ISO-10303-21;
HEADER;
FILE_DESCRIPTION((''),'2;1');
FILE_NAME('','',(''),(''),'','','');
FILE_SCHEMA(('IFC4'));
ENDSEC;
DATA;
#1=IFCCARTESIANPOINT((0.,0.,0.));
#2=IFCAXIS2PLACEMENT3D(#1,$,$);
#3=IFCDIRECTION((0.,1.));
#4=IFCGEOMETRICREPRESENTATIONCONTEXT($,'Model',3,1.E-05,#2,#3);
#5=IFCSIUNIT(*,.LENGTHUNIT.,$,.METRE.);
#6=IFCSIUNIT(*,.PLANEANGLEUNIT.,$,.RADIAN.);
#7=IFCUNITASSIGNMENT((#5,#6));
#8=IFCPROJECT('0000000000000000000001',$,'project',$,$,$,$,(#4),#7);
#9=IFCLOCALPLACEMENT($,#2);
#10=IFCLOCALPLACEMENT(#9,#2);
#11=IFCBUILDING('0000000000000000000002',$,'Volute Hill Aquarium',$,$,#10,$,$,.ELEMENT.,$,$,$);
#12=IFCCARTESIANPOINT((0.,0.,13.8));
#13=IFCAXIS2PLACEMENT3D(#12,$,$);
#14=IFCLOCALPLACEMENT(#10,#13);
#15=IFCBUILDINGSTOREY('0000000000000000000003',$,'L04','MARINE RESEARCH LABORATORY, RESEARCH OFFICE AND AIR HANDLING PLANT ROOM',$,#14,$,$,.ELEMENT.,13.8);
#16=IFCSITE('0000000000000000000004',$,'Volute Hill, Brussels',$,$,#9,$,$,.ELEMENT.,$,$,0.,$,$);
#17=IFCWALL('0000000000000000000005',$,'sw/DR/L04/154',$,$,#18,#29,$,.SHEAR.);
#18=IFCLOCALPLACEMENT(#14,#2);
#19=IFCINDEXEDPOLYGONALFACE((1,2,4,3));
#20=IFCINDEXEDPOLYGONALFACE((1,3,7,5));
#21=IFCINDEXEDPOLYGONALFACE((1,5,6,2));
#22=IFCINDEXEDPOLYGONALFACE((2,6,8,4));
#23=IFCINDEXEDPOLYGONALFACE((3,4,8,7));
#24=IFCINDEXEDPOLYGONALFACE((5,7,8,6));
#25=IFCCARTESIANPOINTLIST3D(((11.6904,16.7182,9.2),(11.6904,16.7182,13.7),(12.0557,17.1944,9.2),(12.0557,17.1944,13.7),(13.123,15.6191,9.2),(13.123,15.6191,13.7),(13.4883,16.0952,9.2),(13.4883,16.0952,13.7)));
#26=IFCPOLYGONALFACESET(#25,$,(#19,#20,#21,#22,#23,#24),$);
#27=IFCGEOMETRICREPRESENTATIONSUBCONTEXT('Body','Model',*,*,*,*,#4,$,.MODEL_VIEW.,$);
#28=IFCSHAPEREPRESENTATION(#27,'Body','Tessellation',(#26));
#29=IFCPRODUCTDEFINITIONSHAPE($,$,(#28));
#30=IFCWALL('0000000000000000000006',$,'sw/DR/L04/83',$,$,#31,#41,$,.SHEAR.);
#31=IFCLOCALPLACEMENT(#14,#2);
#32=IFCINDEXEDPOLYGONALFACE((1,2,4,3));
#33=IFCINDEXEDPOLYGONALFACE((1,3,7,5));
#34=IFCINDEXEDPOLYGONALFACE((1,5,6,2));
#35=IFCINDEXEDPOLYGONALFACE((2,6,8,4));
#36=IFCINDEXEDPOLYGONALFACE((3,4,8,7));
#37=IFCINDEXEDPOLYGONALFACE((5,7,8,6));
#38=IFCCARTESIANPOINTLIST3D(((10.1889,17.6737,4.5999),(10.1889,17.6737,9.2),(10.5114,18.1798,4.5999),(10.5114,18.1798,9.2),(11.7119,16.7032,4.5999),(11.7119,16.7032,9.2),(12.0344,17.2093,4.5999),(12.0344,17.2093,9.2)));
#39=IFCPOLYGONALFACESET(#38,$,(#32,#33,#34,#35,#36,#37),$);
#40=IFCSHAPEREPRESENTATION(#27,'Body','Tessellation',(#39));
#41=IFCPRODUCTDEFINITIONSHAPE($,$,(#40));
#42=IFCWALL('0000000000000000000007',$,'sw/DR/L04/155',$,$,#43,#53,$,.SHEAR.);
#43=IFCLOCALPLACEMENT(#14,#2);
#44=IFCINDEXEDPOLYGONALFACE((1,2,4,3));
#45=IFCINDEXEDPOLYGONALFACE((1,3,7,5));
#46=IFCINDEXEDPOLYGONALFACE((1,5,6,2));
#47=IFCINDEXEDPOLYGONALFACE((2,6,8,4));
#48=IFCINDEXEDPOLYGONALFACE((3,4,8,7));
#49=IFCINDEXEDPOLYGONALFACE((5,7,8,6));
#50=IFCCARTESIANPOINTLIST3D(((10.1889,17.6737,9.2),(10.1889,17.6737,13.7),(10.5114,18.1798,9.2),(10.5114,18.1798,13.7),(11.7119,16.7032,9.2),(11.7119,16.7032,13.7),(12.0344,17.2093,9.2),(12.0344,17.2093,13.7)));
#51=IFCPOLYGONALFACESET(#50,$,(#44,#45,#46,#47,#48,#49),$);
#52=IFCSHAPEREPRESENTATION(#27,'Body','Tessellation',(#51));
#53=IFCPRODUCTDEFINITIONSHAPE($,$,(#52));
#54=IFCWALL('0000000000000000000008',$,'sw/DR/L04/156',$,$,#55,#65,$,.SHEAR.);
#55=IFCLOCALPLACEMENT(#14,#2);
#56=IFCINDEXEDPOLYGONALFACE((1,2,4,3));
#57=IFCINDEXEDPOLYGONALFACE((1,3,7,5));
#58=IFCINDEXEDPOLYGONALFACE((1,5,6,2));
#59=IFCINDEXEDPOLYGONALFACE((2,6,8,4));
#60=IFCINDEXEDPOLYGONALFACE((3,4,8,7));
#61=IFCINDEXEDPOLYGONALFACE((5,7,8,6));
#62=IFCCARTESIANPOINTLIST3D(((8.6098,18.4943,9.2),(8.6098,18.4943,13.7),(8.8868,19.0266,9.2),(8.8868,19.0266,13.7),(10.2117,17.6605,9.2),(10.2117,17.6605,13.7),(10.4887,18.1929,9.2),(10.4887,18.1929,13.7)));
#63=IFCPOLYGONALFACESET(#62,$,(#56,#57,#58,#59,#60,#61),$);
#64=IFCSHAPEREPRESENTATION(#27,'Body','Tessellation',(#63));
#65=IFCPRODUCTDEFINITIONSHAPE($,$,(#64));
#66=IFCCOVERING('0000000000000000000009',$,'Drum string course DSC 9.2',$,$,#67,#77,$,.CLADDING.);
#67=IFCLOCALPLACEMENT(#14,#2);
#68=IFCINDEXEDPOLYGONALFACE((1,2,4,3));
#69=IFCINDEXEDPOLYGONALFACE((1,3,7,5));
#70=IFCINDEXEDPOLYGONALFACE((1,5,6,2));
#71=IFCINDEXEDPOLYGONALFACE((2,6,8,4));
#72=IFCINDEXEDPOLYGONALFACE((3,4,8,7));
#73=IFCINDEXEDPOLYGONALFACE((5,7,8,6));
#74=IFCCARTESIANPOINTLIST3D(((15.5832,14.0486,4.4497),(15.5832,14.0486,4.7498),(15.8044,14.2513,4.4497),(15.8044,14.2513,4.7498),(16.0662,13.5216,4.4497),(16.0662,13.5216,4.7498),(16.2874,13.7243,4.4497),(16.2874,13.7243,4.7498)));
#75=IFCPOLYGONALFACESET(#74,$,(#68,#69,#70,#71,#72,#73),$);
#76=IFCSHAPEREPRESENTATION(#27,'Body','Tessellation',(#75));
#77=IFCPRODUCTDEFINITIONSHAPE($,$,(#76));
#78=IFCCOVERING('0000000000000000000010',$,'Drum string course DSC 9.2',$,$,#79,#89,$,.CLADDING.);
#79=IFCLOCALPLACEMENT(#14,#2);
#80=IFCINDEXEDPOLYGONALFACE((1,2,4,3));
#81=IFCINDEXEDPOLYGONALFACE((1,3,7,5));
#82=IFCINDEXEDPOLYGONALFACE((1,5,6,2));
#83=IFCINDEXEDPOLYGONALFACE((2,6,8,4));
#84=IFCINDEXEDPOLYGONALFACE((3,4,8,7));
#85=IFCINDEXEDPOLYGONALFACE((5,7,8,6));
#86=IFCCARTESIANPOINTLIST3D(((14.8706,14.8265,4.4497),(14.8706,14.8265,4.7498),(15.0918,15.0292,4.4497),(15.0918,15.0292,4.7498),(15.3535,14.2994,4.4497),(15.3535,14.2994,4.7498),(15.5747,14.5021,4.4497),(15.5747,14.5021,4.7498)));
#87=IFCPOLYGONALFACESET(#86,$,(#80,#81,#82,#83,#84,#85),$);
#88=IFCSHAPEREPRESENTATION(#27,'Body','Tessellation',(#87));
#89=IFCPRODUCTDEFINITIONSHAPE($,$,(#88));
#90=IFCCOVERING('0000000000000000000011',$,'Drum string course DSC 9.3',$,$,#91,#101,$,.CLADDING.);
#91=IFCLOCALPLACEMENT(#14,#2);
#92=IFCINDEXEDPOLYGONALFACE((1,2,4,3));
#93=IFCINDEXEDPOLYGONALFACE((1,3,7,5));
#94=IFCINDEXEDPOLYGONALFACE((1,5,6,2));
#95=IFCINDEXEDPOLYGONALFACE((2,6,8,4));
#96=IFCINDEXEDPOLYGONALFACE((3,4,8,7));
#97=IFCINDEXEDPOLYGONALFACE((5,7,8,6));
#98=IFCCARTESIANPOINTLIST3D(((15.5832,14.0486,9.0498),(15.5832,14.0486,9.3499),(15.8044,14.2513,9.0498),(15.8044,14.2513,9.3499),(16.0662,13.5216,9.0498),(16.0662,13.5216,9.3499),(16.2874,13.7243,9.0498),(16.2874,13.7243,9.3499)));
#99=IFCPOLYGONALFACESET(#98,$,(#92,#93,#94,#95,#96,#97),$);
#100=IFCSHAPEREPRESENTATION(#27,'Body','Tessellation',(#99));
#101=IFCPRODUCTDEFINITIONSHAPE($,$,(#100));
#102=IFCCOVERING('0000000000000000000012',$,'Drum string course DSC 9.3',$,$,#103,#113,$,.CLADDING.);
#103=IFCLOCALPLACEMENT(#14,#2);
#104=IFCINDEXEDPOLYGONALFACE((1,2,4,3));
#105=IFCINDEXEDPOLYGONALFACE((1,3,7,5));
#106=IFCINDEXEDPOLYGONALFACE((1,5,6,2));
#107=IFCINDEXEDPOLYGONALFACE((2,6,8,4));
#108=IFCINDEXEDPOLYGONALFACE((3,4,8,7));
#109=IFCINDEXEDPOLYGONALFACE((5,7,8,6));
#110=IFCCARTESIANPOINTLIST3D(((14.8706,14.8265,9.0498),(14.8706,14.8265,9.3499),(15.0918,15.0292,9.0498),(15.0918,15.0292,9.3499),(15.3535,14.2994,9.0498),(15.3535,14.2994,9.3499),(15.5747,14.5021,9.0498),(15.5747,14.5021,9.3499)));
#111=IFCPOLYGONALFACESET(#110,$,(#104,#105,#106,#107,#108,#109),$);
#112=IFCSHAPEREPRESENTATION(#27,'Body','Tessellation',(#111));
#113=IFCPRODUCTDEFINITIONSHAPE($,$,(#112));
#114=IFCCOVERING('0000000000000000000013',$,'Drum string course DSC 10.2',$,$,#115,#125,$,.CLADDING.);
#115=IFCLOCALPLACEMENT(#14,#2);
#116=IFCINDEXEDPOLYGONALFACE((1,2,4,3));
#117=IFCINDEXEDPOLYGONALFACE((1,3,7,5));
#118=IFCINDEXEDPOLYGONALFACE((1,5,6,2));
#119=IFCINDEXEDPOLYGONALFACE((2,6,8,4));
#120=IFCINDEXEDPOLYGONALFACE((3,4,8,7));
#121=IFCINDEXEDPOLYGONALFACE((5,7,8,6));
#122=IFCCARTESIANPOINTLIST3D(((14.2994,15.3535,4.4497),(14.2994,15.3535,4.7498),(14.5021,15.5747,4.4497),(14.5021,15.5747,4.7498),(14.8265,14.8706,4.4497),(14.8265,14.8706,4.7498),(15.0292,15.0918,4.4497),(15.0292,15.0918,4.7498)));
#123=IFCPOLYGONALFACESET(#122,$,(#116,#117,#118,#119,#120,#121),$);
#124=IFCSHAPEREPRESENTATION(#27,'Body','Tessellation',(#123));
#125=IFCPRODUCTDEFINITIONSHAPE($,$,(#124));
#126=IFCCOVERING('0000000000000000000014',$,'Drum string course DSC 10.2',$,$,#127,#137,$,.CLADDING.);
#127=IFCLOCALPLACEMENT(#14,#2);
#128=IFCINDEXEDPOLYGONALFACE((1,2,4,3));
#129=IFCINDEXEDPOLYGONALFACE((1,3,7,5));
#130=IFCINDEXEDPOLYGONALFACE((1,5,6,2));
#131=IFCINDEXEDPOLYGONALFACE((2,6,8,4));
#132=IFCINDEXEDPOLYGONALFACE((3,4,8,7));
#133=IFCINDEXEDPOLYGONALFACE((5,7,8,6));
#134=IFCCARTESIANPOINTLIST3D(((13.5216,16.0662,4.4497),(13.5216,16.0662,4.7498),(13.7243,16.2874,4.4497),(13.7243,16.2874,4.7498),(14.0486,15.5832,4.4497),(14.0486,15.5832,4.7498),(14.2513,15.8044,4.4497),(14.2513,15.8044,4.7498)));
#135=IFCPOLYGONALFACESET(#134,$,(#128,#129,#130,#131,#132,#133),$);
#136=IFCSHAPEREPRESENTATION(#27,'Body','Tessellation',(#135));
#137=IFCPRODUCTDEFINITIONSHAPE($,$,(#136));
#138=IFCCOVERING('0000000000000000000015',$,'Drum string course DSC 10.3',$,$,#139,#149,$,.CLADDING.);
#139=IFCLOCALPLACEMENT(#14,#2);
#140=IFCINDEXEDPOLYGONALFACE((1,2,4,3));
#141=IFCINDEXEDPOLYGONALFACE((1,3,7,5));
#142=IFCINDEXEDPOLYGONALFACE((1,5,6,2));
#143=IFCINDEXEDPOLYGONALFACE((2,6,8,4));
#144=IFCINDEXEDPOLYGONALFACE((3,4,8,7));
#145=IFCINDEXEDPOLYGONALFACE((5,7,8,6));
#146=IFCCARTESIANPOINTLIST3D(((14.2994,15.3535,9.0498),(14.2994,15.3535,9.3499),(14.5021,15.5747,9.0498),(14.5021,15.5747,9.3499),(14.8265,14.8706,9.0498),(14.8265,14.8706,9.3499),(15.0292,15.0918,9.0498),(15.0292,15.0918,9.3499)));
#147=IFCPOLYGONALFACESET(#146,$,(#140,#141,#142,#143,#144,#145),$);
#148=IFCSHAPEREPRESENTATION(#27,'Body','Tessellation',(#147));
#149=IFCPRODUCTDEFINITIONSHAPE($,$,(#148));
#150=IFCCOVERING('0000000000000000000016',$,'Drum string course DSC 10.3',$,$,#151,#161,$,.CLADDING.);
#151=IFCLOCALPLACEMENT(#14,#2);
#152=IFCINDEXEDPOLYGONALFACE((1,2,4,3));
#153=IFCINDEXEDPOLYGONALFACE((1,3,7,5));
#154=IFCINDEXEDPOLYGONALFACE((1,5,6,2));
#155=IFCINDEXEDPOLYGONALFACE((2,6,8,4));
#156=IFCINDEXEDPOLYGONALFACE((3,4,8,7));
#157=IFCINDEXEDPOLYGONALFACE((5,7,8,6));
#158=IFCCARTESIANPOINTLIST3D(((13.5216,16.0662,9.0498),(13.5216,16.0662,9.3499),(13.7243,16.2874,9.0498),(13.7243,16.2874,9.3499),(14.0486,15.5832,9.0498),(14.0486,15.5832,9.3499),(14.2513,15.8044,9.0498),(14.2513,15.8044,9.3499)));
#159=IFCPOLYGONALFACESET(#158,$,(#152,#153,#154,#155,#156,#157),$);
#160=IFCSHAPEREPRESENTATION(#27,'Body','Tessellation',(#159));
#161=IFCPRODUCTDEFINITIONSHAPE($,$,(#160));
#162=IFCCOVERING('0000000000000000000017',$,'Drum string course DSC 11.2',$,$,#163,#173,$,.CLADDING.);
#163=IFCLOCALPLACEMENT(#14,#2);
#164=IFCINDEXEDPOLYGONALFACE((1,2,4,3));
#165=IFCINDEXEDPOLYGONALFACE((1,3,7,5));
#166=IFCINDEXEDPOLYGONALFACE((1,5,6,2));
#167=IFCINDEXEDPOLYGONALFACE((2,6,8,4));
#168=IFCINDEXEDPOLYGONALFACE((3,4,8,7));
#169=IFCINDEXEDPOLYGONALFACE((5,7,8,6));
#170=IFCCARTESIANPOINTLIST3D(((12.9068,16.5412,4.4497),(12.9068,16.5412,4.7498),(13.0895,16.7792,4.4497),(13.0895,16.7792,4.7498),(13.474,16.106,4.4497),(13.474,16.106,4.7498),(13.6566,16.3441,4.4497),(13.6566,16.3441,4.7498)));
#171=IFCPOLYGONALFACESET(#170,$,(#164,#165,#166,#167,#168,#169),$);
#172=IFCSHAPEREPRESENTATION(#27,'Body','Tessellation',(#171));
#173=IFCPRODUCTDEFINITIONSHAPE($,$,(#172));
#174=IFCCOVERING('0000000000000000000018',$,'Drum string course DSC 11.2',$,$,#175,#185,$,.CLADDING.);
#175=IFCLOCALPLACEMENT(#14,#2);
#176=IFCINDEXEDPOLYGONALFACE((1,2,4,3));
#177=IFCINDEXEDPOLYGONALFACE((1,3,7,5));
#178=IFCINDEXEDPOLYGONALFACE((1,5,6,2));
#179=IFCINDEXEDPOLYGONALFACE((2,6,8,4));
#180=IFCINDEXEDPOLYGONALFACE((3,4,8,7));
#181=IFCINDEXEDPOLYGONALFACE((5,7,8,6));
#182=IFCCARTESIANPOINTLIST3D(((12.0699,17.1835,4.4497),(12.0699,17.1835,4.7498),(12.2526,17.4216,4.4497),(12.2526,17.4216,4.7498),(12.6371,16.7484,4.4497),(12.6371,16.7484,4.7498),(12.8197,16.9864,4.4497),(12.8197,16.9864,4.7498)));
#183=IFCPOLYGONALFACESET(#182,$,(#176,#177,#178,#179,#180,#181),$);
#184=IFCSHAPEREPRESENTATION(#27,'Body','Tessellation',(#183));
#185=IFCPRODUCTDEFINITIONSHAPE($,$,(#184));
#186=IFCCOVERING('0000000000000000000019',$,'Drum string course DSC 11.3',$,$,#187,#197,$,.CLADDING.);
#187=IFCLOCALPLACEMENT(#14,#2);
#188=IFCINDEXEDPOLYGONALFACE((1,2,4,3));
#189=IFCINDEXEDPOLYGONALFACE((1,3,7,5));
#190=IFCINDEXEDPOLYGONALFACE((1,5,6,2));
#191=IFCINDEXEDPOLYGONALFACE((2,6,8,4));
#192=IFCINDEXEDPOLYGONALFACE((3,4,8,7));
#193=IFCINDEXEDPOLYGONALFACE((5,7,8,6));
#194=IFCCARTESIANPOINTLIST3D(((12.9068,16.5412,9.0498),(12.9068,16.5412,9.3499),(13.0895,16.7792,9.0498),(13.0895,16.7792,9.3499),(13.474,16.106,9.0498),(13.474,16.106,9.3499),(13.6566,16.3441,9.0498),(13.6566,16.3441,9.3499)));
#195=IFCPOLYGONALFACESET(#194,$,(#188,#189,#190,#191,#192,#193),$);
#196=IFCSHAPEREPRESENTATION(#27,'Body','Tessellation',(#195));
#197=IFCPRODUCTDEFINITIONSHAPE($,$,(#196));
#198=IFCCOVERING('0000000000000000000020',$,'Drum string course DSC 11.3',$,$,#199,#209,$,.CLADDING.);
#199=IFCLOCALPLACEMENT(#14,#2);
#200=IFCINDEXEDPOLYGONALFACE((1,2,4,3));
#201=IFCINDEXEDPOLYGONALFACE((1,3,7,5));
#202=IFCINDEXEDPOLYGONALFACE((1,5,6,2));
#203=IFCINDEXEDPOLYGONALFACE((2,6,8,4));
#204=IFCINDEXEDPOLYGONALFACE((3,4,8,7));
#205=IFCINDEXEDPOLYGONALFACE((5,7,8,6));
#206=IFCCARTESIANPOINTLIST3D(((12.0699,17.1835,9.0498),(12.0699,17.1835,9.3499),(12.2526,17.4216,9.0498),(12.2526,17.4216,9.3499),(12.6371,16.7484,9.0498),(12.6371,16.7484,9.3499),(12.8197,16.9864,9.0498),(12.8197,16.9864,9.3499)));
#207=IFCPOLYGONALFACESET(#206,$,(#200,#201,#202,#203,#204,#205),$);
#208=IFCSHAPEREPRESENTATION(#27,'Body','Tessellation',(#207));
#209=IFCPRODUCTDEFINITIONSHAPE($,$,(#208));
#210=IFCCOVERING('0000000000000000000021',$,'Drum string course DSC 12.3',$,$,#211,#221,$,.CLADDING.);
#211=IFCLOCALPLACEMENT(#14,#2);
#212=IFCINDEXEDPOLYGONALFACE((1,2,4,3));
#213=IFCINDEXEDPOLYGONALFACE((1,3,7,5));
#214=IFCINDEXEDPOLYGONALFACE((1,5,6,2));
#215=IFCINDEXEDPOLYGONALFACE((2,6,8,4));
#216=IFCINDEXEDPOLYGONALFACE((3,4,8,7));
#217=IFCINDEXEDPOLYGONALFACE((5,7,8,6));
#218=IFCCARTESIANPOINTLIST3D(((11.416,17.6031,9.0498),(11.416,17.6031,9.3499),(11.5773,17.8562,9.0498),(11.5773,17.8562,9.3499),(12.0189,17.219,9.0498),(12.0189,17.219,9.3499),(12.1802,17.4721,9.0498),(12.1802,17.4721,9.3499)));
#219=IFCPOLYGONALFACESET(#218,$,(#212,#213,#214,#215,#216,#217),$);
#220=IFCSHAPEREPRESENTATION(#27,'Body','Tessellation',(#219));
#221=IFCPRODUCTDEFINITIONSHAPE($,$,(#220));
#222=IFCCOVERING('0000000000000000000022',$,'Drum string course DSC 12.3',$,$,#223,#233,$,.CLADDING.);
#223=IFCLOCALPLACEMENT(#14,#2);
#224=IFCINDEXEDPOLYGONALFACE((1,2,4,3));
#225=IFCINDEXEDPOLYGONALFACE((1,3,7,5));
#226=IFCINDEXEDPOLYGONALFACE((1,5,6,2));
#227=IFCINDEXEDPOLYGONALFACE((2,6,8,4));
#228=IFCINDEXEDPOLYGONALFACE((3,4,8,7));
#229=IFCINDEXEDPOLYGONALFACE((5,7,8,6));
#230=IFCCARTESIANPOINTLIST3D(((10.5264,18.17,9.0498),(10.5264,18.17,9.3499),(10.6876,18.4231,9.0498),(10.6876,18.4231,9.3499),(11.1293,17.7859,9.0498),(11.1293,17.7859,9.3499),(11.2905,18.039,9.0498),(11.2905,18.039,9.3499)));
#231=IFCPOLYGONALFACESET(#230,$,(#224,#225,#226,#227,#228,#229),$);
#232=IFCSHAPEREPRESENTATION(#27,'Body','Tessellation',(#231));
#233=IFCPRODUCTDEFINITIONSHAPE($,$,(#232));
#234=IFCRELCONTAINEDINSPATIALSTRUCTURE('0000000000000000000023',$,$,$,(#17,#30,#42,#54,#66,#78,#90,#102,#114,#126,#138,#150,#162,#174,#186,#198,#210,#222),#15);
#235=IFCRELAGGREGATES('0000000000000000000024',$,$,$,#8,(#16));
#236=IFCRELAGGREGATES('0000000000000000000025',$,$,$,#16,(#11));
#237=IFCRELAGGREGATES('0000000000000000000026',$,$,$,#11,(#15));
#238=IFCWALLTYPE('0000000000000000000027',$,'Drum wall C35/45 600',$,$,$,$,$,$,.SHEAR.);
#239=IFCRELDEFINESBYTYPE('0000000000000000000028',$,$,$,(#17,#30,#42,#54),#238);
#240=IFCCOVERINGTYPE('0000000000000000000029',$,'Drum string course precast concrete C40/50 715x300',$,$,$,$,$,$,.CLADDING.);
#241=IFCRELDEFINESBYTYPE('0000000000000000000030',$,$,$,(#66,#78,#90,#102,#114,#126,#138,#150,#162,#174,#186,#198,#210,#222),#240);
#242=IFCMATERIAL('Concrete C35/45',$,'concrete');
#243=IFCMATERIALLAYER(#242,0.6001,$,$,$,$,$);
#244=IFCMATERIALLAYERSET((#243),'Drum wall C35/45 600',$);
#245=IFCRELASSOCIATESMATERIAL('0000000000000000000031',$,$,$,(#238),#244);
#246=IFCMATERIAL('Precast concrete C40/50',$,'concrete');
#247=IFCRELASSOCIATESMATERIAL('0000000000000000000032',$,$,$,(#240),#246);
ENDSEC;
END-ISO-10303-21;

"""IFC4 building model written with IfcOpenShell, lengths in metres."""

from ifc_helpers import new_model, si_unit, direction, frame, frame_2d, origin, origin_2d, place, context, subcontext, project, spatial, rectangle, extrude, material, layer, layer_set, type_object, element, save


model = new_model("IFC4")

# Units and contexts
model_context = context("Model", 3, precision=1e-05, world=origin(), true_north=direction((0.0, 1.0)))
body_context = subcontext(model_context, "Body", "Model", "MODEL_VIEW")
ifc_project = project(units=[si_unit("LENGTHUNIT", "METRE"), si_unit("PLANEANGLEUNIT", "RADIAN")], contexts=[model_context])

# Site, building, storey
site_placement = place(None, origin())
site = spatial("IfcSite", under=ifc_project, at=site_placement, Name="Volute Hill, Brussels", CompositionType="ELEMENT", RefElevation=0.0)
building_placement = place(site_placement, origin())
building = spatial("IfcBuilding", under=site, at=building_placement, Name="Volute Hill Aquarium", CompositionType="ELEMENT")
storey_placement = place(building_placement, frame((0.0, 0.0, 13.8)))
storey = spatial("IfcBuildingStorey", under=building, at=storey_placement, Name="L04", Description="MARINE RESEARCH LABORATORY, RESEARCH OFFICE AND AIR HANDLING PLANT ROOM", CompositionType="ELEMENT", Elevation=13.8)

# Walls
ifc_material_1 = material(Name="Concrete C35/45", Category="concrete")
ifc_layer_1 = layer(ifc_material_1, 0.6001)
ifc_layer_set_1 = layer_set([ifc_layer_1], Name="Drum wall C35/45 600")
wall_type = type_object("IfcWallType", Name="Drum wall C35/45 600", PredefinedType="SHEAR", material=ifc_layer_set_1)
wall_1_placement = place(storey_placement, frame((13.3057, 15.8572, 9.2), z_axis=(0.0, 0.0, 1.0), x_axis=(-0.793397, 0.608704, 0.0)))
element("IfcWall", 1, at=wall_1_placement, inside=storey, type_object=wall_type, Name="sw/DR/L04/154", PredefinedType="SHEAR", context=body_context, shape_type="SweptSolid", body=[
    extrude(rectangle(XDim=1.8057, YDim=0.6001, at=frame_2d((0.9028, 0.0))), origin(), (0.0, 0.0, 1.0), 4.5),
])
wall_2_placement = place(storey_placement, frame((11.873, 16.9563, 4.5999), z_axis=(0.0, 0.0, 1.0), x_axis=(-0.843333, 0.537392, 0.0)))
element("IfcWall", 2, at=wall_2_placement, inside=storey, type_object=wall_type, Name="sw/DR/L04/83", PredefinedType="SHEAR", context=body_context, shape_type="SweptSolid", body=[
    extrude(rectangle(XDim=1.8059, YDim=0.6001, at=frame_2d((0.9028, 0.0))), origin(), (0.0, 0.0, 1.0), 4.6001),
])
for number, where, z_axis, x_axis, name in (
    (3, (11.873, 16.9563, 9.2), (0.0, 0.0, 1.0), (-0.843333, 0.537392, 0.0), "sw/DR/L04/155"),
    (4, (10.3501, 17.9268, 9.2), (0.0, 0.0, 1.0), (-0.887035, 0.461702, 0.0), "sw/DR/L04/156"),
):
    element("IfcWall", number, at=place(storey_placement, frame(where, z_axis=z_axis, x_axis=x_axis)), inside=storey, type_object=wall_type, Name=name, PredefinedType="SHEAR", context=body_context, shape_type="SweptSolid", body=[
        extrude(rectangle(XDim=1.8059, YDim=0.6001, at=frame_2d((0.9028, 0.0))), origin(), (0.0, 0.0, 1.0), 4.5),
    ])

# Coverings
ifc_material_2 = material(Name="Precast concrete C40/50", Category="concrete")
covering_type = type_object("IfcCoveringType", Name="Drum string course precast concrete C40/50 715x300", PredefinedType="CLADDING", material=ifc_material_2)
for number, where, z_axis, x_axis, name in (
    (5, (15.9353, 13.8865, 4.4497), (0.0, 0.0, 1.0), (-0.67559, 0.737277, 0.0), "Drum string course DSC 9.2"),
    (6, (15.2227, 14.6643, 4.4497), (0.0, 0.0, 1.0), (-0.67559, 0.737277, 0.0), "Drum string course DSC 9.2"),
    (7, (15.9353, 13.8865, 9.0498), (0.0, 0.0, 1.0), (-0.67559, 0.737277, 0.0), "Drum string course DSC 9.3"),
    (8, (15.2227, 14.6643, 9.0498), (0.0, 0.0, 1.0), (-0.67559, 0.737277, 0.0), "Drum string course DSC 9.3"),
    (9, (14.6643, 15.2227, 4.4497), (0.0, 0.0, 1.0), (-0.737277, 0.67559, 0.0), "Drum string course DSC 10.2"),
    (10, (13.8865, 15.9353, 4.4497), (0.0, 0.0, 1.0), (-0.737277, 0.67559, 0.0), "Drum string course DSC 10.2"),
    (11, (14.6643, 15.2227, 9.0498), (0.0, 0.0, 1.0), (-0.737277, 0.67559, 0.0), "Drum string course DSC 10.3"),
    (12, (13.8865, 15.9353, 9.0498), (0.0, 0.0, 1.0), (-0.737277, 0.67559, 0.0), "Drum string course DSC 10.3"),
    (13, (13.2817, 16.4426, 4.4497), (0.0, 0.0, 1.0), (-0.793353, 0.608761, 0.0), "Drum string course DSC 11.2"),
    (14, (12.4448, 17.085, 4.4497), (0.0, 0.0, 1.0), (-0.793353, 0.608761, 0.0), "Drum string course DSC 11.2"),
    (15, (13.2817, 16.4426, 9.0498), (0.0, 0.0, 1.0), (-0.793353, 0.608761, 0.0), "Drum string course DSC 11.3"),
    (16, (12.4448, 17.085, 9.0498), (0.0, 0.0, 1.0), (-0.793353, 0.608761, 0.0), "Drum string course DSC 11.3"),
    (17, (11.7981, 17.5376, 9.0498), (0.0, 0.0, 1.0), (-0.843391, 0.5373, 0.0), "Drum string course DSC 12.3"),
    (18, (10.9084, 18.1045, 9.0498), (0.0, 0.0, 1.0), (-0.843391, 0.5373, 0.0), "Drum string course DSC 12.3"),
):
    element("IfcCovering", number, at=place(storey_placement, frame(where, z_axis=z_axis, x_axis=x_axis)), inside=storey, type_object=covering_type, Name=name, PredefinedType="CLADDING", context=body_context, shape_type="SweptSolid", body=[
        extrude(rectangle(XDim=0.7148, YDim=0.3, at=origin_2d()), origin(), (0.0, 0.0, 1.0), 0.3),
    ])

save(model, "model.ifc")
